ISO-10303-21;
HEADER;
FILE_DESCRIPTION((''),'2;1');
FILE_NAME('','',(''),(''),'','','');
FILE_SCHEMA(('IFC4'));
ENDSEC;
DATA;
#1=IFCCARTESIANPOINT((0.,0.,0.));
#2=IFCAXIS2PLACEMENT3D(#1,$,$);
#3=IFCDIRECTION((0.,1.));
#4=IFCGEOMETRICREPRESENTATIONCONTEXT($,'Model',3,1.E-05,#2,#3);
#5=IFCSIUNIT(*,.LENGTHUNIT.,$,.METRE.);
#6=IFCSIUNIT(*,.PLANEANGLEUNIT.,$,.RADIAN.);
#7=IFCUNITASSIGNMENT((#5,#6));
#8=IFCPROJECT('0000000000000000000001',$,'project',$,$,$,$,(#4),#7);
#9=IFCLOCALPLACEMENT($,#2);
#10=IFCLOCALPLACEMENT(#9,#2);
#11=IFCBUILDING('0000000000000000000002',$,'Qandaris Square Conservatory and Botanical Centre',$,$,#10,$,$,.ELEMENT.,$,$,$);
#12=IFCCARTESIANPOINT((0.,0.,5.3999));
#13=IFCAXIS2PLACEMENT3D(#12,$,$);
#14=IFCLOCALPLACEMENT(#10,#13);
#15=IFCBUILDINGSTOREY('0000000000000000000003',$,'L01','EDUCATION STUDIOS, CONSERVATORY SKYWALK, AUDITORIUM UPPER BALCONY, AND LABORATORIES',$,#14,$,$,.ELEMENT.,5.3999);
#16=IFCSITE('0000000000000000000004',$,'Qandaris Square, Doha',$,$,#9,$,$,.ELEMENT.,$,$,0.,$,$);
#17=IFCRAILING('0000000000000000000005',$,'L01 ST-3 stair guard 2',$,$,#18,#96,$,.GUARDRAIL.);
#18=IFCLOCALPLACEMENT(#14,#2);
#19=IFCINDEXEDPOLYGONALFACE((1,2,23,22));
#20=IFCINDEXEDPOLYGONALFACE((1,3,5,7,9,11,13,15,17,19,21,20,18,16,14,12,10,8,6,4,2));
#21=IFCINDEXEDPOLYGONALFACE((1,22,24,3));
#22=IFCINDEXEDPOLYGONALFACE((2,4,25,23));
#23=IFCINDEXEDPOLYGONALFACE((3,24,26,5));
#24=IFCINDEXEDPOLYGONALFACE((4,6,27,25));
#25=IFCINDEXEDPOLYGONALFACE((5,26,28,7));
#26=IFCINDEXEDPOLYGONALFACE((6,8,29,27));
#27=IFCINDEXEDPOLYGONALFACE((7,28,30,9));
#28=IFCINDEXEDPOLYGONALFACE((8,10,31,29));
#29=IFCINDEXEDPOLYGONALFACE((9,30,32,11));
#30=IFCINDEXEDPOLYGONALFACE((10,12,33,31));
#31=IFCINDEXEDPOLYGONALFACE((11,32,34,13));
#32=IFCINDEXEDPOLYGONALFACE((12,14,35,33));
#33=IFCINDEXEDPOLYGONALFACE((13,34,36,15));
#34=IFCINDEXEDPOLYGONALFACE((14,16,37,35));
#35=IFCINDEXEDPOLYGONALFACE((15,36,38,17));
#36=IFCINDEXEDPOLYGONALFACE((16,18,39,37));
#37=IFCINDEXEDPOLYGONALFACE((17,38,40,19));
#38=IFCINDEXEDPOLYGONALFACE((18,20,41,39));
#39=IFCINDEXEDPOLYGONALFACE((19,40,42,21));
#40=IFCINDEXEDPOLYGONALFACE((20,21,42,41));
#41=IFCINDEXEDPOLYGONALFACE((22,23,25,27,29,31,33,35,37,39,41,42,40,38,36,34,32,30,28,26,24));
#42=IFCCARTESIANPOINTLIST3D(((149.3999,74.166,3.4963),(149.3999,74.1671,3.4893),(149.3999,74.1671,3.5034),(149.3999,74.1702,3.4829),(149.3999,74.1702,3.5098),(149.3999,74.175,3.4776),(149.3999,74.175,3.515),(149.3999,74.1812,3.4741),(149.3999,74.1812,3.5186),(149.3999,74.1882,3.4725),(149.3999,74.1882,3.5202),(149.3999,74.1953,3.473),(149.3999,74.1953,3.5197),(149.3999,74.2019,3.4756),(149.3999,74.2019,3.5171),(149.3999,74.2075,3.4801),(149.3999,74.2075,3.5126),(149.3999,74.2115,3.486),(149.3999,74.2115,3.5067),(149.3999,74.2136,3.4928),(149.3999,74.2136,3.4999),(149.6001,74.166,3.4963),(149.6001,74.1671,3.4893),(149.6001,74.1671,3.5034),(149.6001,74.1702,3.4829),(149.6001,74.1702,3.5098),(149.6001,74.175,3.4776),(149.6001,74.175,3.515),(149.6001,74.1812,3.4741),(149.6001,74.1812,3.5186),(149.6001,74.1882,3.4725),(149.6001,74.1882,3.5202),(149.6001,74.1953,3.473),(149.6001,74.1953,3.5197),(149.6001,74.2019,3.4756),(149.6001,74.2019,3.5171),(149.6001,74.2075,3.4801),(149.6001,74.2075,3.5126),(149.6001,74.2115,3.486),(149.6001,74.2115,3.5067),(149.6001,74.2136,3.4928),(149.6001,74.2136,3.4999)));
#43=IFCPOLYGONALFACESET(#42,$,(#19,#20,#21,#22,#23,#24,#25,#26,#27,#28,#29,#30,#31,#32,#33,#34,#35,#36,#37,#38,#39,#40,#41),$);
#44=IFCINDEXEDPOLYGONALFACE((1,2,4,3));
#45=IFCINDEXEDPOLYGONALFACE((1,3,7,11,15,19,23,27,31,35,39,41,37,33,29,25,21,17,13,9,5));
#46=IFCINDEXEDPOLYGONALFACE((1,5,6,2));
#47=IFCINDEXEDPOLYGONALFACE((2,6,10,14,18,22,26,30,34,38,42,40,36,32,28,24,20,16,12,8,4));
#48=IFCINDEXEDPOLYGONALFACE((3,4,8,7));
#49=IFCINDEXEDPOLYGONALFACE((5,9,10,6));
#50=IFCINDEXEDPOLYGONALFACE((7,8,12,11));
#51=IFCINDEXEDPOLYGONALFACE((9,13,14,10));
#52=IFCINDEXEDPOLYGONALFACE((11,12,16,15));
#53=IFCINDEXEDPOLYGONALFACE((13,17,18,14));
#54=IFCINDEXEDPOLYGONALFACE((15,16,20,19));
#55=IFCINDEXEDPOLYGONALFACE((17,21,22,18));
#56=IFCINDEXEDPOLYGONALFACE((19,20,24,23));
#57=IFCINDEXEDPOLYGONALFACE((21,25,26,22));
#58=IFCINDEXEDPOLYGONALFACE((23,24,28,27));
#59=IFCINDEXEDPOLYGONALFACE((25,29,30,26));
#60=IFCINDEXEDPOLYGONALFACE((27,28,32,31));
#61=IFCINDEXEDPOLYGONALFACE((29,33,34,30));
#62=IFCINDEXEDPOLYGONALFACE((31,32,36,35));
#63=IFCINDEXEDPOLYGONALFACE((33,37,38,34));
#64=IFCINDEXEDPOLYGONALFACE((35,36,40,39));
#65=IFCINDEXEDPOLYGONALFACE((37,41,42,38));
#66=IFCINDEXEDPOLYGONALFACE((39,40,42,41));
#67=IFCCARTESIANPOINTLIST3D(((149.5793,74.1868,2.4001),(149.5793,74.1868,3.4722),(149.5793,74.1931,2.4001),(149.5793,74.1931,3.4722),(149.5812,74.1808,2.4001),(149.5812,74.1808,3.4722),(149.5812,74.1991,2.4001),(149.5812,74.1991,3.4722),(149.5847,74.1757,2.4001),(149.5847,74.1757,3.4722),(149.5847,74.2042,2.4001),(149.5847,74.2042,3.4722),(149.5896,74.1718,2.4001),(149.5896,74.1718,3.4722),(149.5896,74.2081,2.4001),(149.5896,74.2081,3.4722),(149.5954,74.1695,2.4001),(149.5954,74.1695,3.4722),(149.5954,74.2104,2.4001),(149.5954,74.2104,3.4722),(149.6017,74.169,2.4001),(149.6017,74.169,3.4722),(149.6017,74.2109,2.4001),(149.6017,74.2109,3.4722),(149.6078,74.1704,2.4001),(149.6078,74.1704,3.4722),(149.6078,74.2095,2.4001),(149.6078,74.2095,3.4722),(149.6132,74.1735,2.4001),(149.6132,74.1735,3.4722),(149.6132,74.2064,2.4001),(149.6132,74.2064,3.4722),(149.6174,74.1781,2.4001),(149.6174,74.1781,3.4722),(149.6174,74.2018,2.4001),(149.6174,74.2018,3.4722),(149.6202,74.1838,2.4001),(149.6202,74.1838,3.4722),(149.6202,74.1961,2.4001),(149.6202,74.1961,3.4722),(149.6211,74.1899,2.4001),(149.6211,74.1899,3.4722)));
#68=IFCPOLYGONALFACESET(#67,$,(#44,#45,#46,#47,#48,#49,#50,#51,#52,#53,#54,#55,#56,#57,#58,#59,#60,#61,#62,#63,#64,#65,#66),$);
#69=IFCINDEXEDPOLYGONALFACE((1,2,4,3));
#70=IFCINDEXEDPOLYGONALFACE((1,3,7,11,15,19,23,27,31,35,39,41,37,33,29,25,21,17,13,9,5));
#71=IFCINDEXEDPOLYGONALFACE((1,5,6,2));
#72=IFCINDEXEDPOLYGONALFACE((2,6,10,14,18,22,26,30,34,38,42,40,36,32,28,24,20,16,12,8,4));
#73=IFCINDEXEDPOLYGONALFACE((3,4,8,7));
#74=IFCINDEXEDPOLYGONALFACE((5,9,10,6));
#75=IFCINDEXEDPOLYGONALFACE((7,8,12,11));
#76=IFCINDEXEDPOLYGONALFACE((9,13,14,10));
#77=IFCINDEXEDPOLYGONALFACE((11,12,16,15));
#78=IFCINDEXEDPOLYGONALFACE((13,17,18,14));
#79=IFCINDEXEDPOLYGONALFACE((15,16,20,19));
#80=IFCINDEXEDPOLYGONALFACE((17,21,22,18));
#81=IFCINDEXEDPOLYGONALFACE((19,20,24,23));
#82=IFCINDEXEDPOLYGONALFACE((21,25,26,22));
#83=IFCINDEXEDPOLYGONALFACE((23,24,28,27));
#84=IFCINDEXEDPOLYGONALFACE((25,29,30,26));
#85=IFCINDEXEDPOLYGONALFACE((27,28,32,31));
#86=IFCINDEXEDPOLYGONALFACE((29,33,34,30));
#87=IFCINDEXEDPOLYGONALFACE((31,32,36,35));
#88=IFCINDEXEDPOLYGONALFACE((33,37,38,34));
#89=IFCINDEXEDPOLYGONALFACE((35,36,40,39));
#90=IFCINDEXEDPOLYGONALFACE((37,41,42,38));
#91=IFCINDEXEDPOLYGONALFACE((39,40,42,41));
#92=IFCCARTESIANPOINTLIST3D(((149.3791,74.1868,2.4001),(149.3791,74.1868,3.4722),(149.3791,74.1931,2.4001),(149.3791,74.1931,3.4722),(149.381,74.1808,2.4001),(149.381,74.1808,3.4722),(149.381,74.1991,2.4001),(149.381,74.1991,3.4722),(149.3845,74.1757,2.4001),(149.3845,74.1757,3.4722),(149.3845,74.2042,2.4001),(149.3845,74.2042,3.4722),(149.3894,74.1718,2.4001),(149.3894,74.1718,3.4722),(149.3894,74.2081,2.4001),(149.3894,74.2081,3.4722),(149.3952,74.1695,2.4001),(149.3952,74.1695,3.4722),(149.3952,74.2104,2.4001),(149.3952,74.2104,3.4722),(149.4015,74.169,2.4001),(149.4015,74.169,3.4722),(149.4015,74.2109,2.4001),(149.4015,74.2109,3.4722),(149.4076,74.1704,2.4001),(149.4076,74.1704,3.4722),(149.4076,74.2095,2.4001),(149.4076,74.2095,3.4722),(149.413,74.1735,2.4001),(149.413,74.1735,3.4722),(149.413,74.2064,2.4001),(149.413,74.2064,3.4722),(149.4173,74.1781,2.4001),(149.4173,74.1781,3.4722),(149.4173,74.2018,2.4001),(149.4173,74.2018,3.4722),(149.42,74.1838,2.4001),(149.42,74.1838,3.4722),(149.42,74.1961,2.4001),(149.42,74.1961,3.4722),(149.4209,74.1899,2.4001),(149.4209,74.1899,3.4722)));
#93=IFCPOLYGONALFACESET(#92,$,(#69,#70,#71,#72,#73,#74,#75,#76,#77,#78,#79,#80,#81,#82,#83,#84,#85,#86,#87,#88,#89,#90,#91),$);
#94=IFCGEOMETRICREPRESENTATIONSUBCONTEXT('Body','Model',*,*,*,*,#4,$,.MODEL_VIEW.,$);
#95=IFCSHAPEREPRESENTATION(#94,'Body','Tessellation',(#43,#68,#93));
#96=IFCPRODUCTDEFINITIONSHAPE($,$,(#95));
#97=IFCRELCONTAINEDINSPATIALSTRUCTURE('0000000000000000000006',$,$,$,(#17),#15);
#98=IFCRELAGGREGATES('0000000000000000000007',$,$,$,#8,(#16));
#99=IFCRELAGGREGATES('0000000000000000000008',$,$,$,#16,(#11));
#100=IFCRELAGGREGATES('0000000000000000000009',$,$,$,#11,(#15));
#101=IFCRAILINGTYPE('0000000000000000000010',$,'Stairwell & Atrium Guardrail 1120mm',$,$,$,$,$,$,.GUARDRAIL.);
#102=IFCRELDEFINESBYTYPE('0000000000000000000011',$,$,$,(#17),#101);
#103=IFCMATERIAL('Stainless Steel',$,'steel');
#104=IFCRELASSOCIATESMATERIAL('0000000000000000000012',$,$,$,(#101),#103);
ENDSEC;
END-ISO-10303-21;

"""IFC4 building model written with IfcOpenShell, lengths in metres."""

from ifc_helpers import new_model, si_unit, direction, frame, origin, origin_2d, place, context, subcontext, project, spatial, circle, extrude, material, type_object, element, save


model = new_model("IFC4")

# Units and contexts
model_context = context("Model", 3, precision=1e-05, world=origin(), true_north=direction((0.0, 1.0)))
body_context = subcontext(model_context, "Body", "Model", "MODEL_VIEW")
ifc_project = project(units=[si_unit("LENGTHUNIT", "METRE"), si_unit("PLANEANGLEUNIT", "RADIAN")], contexts=[model_context])

# Site, building, storey
site_placement = place(None, origin())
site = spatial("IfcSite", under=ifc_project, at=site_placement, Name="Qandaris Square, Doha", CompositionType="ELEMENT", RefElevation=0.0)
building_placement = place(site_placement, origin())
building = spatial("IfcBuilding", under=site, at=building_placement, Name="Qandaris Square Conservatory and Botanical Centre", CompositionType="ELEMENT")
storey_placement = place(building_placement, frame((0.0, 0.0, 5.3999)))
storey = spatial("IfcBuildingStorey", under=building, at=storey_placement, Name="L01", Description="EDUCATION STUDIOS, CONSERVATORY SKYWALK, AUDITORIUM UPPER BALCONY, AND LABORATORIES", CompositionType="ELEMENT", Elevation=5.3999)

# Railing
ifc_material_1 = material(Name="Stainless Steel", Category="steel")
railing_type = type_object("IfcRailingType", Name="Stairwell & Atrium Guardrail 1120mm", PredefinedType="GUARDRAIL", material=ifc_material_1)
railing_placement = place(storey_placement, frame((149.6001, 74.1899, 2.4001)))
element("IfcRailing", 1, at=railing_placement, inside=storey, type_object=railing_type, Name="L01 ST-3 stair guard 2", PredefinedType="GUARDRAIL", context=body_context, shape_type="SweptSolid", body=[
    extrude(circle(Radius=0.0239, at=origin_2d()), frame((0.0, 0.0, 1.0962), z_axis=(-1.0, 0.0, 0.0), x_axis=(0.0, -1.0, 0.0)), (0.0, 0.0, 1.0), 0.2002),
    extrude(circle(Radius=0.021, at=origin_2d()), origin(), (0.0, 0.0, 1.0), 1.072),
    extrude(circle(Radius=0.021, at=origin_2d()), frame((-0.2002, 0.0, 0.0)), (0.0, 0.0, 1.0), 1.072),
])

save(model, "model.ifc")
